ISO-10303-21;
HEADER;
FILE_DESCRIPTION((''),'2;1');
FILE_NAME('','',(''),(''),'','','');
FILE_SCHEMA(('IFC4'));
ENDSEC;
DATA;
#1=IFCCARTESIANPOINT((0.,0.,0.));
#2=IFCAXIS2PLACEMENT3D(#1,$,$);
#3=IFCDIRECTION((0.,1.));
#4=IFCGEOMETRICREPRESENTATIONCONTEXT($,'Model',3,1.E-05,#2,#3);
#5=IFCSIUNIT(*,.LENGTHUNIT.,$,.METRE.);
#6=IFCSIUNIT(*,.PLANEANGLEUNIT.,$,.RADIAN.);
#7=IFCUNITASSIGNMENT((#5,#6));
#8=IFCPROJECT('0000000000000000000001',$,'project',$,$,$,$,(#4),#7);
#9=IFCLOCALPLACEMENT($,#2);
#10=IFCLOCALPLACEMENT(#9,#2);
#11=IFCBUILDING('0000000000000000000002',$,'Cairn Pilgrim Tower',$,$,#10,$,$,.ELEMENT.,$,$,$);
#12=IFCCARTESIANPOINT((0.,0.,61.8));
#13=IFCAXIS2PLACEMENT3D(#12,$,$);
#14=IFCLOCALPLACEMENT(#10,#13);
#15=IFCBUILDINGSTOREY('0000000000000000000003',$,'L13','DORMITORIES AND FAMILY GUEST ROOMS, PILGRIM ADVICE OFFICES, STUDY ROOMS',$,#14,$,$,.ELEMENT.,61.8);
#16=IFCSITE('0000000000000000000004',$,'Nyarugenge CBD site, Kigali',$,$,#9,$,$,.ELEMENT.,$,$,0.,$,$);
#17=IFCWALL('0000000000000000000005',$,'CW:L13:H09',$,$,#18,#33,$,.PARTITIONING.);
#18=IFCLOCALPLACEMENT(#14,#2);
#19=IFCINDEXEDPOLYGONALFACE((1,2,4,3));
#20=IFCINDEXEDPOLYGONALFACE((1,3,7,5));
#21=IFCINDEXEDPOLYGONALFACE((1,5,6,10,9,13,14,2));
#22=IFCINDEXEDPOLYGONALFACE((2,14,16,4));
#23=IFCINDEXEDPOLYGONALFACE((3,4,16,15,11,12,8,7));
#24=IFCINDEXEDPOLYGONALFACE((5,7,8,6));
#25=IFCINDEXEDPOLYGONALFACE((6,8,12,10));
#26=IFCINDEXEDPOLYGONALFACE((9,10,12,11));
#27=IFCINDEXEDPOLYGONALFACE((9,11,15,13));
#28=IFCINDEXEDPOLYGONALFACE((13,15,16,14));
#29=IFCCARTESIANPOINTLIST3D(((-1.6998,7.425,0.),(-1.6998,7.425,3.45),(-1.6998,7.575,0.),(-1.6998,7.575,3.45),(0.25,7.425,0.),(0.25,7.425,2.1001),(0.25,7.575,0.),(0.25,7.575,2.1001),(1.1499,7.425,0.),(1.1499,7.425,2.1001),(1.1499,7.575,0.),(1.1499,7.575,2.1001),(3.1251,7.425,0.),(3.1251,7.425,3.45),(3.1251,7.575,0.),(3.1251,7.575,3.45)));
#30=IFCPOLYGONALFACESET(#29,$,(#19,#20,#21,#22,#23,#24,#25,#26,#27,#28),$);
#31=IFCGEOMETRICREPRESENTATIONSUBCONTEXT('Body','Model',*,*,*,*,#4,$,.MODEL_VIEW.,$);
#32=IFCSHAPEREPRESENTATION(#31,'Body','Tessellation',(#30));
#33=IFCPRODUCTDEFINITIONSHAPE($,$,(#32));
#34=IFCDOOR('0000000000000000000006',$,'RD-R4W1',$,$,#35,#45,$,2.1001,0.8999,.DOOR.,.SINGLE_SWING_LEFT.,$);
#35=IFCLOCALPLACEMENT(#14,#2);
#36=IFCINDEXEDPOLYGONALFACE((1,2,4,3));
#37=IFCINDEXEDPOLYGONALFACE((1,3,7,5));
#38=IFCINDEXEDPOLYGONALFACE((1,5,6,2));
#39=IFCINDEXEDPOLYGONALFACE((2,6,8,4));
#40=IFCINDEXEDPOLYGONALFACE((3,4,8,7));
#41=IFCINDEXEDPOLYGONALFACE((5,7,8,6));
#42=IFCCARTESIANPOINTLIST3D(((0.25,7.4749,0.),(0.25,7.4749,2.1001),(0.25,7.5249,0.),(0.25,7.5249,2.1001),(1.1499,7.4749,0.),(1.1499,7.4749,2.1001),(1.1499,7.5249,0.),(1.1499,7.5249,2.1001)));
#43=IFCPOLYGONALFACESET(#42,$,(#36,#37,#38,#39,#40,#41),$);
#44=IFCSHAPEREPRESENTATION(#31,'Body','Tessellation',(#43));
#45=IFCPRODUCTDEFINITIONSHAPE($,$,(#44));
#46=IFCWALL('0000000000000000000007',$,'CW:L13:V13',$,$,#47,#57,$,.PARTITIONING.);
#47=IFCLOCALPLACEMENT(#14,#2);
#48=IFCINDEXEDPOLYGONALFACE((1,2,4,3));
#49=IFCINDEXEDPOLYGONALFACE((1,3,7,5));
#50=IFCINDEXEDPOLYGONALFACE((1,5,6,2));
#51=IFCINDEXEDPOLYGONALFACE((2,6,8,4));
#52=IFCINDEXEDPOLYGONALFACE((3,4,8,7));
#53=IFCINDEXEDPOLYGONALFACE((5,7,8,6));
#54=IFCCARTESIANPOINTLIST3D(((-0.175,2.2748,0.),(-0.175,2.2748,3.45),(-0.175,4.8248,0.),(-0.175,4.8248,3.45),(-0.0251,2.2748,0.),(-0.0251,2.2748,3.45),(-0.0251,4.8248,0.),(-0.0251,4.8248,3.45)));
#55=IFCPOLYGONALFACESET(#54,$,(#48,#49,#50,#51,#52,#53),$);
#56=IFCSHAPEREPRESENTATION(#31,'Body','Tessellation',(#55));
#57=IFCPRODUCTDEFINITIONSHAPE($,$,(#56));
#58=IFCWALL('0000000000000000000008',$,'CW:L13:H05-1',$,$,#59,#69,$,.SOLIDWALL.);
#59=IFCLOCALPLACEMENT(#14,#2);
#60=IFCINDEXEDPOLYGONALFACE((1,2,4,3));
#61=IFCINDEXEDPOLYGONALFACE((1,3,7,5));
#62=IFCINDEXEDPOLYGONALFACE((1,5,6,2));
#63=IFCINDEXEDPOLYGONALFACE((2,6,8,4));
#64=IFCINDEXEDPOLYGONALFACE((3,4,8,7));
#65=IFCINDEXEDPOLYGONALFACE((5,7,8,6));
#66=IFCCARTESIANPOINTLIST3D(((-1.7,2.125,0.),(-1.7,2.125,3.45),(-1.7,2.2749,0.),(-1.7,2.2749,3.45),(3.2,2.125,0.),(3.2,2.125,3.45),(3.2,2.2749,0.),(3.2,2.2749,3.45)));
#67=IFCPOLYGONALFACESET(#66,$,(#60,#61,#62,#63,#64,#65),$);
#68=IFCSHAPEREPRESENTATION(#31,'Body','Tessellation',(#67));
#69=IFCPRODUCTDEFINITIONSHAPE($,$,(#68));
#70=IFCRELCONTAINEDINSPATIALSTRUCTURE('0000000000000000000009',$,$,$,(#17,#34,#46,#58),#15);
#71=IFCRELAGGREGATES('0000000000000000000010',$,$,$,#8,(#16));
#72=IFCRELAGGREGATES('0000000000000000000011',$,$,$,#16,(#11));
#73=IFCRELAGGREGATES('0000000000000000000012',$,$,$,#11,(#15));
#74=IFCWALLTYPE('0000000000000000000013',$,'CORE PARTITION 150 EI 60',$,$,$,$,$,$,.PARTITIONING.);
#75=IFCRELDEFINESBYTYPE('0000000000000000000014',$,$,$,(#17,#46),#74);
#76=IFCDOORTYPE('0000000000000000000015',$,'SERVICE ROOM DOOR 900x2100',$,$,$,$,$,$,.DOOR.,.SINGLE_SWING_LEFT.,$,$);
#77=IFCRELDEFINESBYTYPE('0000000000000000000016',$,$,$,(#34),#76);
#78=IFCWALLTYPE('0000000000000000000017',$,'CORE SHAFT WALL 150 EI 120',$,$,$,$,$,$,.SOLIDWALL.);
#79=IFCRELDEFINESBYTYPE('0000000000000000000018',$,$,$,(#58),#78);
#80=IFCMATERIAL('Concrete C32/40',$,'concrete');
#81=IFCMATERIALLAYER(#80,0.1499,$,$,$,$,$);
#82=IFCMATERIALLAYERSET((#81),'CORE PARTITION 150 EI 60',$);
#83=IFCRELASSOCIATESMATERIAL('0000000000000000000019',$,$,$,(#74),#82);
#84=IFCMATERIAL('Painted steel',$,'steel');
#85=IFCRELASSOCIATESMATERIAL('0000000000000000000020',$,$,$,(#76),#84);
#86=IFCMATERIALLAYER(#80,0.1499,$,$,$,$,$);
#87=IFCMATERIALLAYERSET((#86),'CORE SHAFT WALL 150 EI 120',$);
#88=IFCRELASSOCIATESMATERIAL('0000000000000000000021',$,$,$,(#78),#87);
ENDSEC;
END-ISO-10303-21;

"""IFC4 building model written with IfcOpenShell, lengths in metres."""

from ifc_helpers import new_model, si_unit, direction, frame, frame_2d, origin, place, context, subcontext, project, spatial, rectangle, extrude, material, layer, layer_set, type_object, element, fill, save


model = new_model("IFC4")

# Units and contexts
model_context = context("Model", 3, precision=1e-05, world=origin(), true_north=direction((0.0, 1.0)))
body_context = subcontext(model_context, "Body", "Model", "MODEL_VIEW")
ifc_project = project(units=[si_unit("LENGTHUNIT", "METRE"), si_unit("PLANEANGLEUNIT", "RADIAN")], contexts=[model_context])

# Site, building, storey
site_placement = place(None, origin())
site = spatial("IfcSite", under=ifc_project, at=site_placement, Name="Nyarugenge CBD site, Kigali", CompositionType="ELEMENT", RefElevation=0.0)
building_placement = place(site_placement, origin())
building = spatial("IfcBuilding", under=site, at=building_placement, Name="Cairn Pilgrim Tower", CompositionType="ELEMENT")
storey_placement = place(building_placement, frame((0.0, 0.0, 61.8)))
storey = spatial("IfcBuildingStorey", under=building, at=storey_placement, Name="L13", Description="DORMITORIES AND FAMILY GUEST ROOMS, PILGRIM ADVICE OFFICES, STUDY ROOMS", CompositionType="ELEMENT", Elevation=61.8)

# Shared definitions
ifc_material_1 = material(Name="Concrete C32/40", Category="concrete")

# Shared definitions
ifc_layer_1 = layer(ifc_material_1, 0.1499)
ifc_layer_set_1 = layer_set([ifc_layer_1], Name="CORE PARTITION 150 EI 60")
wall_type_1 = type_object("IfcWallType", Name="CORE PARTITION 150 EI 60", PredefinedType="PARTITIONING", material=ifc_layer_set_1)
ifc_material_2 = material(Name="Painted steel", Category="steel")
door_type = type_object("IfcDoorType", Name="SERVICE ROOM DOOR 900x2100", OperationType="SINGLE_SWING_LEFT", PredefinedType="DOOR", material=ifc_material_2)

# Wall, opening, door
wall_1_placement = place(storey_placement, frame((-1.7, 7.5, 0.0), z_axis=(0.0, 0.0, 1.0), x_axis=(1.0, 0.0, 0.0)))
wall_1 = element("IfcWall", 1, at=wall_1_placement, inside=storey, type_object=wall_type_1, Name="CW:L13:H09", PredefinedType="PARTITIONING", context=body_context, shape_type="SweptSolid", body=[
    extrude(rectangle(XDim=4.825, YDim=0.1499, at=frame_2d((2.4126, 0.0))), origin(), (0.0, 0.0, 1.0), 3.45),
])
opening_1_placement = place(wall_1_placement, frame((1.95, 0.0, 0.0)))
opening_1 = element("IfcOpeningElement", 2, at=opening_1_placement, cuts=wall_1, PredefinedType="OPENING", context=body_context, shape_type="SweptSolid", body=[
    extrude(rectangle(XDim=0.8999, YDim=2.1001, at=frame_2d((0.45, 1.05))), frame((0.0, 0.085, 0.0), z_axis=(0.0, -1.0, 0.0), x_axis=(1.0, 0.0, 0.0)), (0.0, 0.0, 1.0), 0.1699),
])
door_1_placement = place(opening_1_placement, origin())
door_1 = element("IfcDoor", 3, at=door_1_placement, inside=storey, type_object=door_type, Name="RD-R4W1", OperationType="SINGLE_SWING_LEFT", OverallHeight=2.1001, OverallWidth=0.8999, PredefinedType="DOOR", context=body_context, shape_type="SweptSolid", body=[
    extrude(rectangle(XDim=0.8999, YDim=2.1001, at=frame_2d((0.45, 1.05))), frame((0.0, 0.0249, 0.0), z_axis=(0.0, -1.0, 0.0), x_axis=(1.0, 0.0, 0.0)), (0.0, 0.0, 1.0), 0.05),
])
fill(opening_1, door_1)

# Walls
wall_2_placement = place(storey_placement, frame((-0.1001, 2.2749, 0.0), z_axis=(0.0, 0.0, 1.0), x_axis=(0.0, 1.0, 0.0)))
element("IfcWall", 4, at=wall_2_placement, inside=storey, type_object=wall_type_1, Name="CW:L13:V13", PredefinedType="PARTITIONING", context=body_context, shape_type="SweptSolid", body=[
    extrude(rectangle(XDim=2.55, YDim=0.1499, at=frame_2d((1.2749, 0.0))), origin(), (0.0, 0.0, 1.0), 3.45),
])
ifc_layer_2 = layer(ifc_material_1, 0.1499)
ifc_layer_set_2 = layer_set([ifc_layer_2], Name="CORE SHAFT WALL 150 EI 120")
wall_type_2 = type_object("IfcWallType", Name="CORE SHAFT WALL 150 EI 120", PredefinedType="SOLIDWALL", material=ifc_layer_set_2)
wall_3_placement = place(storey_placement, frame((-1.7, 2.2, 0.0), z_axis=(0.0, 0.0, 1.0), x_axis=(1.0, 0.0, 0.0)))
element("IfcWall", 5, at=wall_3_placement, inside=storey, type_object=wall_type_2, Name="CW:L13:H05-1", PredefinedType="SOLIDWALL", context=body_context, shape_type="SweptSolid", body=[
    extrude(rectangle(XDim=4.8999, YDim=0.1499, at=frame_2d((2.45, 0.0))), origin(), (0.0, 0.0, 1.0), 3.45),
])

save(model, "model.ifc")
